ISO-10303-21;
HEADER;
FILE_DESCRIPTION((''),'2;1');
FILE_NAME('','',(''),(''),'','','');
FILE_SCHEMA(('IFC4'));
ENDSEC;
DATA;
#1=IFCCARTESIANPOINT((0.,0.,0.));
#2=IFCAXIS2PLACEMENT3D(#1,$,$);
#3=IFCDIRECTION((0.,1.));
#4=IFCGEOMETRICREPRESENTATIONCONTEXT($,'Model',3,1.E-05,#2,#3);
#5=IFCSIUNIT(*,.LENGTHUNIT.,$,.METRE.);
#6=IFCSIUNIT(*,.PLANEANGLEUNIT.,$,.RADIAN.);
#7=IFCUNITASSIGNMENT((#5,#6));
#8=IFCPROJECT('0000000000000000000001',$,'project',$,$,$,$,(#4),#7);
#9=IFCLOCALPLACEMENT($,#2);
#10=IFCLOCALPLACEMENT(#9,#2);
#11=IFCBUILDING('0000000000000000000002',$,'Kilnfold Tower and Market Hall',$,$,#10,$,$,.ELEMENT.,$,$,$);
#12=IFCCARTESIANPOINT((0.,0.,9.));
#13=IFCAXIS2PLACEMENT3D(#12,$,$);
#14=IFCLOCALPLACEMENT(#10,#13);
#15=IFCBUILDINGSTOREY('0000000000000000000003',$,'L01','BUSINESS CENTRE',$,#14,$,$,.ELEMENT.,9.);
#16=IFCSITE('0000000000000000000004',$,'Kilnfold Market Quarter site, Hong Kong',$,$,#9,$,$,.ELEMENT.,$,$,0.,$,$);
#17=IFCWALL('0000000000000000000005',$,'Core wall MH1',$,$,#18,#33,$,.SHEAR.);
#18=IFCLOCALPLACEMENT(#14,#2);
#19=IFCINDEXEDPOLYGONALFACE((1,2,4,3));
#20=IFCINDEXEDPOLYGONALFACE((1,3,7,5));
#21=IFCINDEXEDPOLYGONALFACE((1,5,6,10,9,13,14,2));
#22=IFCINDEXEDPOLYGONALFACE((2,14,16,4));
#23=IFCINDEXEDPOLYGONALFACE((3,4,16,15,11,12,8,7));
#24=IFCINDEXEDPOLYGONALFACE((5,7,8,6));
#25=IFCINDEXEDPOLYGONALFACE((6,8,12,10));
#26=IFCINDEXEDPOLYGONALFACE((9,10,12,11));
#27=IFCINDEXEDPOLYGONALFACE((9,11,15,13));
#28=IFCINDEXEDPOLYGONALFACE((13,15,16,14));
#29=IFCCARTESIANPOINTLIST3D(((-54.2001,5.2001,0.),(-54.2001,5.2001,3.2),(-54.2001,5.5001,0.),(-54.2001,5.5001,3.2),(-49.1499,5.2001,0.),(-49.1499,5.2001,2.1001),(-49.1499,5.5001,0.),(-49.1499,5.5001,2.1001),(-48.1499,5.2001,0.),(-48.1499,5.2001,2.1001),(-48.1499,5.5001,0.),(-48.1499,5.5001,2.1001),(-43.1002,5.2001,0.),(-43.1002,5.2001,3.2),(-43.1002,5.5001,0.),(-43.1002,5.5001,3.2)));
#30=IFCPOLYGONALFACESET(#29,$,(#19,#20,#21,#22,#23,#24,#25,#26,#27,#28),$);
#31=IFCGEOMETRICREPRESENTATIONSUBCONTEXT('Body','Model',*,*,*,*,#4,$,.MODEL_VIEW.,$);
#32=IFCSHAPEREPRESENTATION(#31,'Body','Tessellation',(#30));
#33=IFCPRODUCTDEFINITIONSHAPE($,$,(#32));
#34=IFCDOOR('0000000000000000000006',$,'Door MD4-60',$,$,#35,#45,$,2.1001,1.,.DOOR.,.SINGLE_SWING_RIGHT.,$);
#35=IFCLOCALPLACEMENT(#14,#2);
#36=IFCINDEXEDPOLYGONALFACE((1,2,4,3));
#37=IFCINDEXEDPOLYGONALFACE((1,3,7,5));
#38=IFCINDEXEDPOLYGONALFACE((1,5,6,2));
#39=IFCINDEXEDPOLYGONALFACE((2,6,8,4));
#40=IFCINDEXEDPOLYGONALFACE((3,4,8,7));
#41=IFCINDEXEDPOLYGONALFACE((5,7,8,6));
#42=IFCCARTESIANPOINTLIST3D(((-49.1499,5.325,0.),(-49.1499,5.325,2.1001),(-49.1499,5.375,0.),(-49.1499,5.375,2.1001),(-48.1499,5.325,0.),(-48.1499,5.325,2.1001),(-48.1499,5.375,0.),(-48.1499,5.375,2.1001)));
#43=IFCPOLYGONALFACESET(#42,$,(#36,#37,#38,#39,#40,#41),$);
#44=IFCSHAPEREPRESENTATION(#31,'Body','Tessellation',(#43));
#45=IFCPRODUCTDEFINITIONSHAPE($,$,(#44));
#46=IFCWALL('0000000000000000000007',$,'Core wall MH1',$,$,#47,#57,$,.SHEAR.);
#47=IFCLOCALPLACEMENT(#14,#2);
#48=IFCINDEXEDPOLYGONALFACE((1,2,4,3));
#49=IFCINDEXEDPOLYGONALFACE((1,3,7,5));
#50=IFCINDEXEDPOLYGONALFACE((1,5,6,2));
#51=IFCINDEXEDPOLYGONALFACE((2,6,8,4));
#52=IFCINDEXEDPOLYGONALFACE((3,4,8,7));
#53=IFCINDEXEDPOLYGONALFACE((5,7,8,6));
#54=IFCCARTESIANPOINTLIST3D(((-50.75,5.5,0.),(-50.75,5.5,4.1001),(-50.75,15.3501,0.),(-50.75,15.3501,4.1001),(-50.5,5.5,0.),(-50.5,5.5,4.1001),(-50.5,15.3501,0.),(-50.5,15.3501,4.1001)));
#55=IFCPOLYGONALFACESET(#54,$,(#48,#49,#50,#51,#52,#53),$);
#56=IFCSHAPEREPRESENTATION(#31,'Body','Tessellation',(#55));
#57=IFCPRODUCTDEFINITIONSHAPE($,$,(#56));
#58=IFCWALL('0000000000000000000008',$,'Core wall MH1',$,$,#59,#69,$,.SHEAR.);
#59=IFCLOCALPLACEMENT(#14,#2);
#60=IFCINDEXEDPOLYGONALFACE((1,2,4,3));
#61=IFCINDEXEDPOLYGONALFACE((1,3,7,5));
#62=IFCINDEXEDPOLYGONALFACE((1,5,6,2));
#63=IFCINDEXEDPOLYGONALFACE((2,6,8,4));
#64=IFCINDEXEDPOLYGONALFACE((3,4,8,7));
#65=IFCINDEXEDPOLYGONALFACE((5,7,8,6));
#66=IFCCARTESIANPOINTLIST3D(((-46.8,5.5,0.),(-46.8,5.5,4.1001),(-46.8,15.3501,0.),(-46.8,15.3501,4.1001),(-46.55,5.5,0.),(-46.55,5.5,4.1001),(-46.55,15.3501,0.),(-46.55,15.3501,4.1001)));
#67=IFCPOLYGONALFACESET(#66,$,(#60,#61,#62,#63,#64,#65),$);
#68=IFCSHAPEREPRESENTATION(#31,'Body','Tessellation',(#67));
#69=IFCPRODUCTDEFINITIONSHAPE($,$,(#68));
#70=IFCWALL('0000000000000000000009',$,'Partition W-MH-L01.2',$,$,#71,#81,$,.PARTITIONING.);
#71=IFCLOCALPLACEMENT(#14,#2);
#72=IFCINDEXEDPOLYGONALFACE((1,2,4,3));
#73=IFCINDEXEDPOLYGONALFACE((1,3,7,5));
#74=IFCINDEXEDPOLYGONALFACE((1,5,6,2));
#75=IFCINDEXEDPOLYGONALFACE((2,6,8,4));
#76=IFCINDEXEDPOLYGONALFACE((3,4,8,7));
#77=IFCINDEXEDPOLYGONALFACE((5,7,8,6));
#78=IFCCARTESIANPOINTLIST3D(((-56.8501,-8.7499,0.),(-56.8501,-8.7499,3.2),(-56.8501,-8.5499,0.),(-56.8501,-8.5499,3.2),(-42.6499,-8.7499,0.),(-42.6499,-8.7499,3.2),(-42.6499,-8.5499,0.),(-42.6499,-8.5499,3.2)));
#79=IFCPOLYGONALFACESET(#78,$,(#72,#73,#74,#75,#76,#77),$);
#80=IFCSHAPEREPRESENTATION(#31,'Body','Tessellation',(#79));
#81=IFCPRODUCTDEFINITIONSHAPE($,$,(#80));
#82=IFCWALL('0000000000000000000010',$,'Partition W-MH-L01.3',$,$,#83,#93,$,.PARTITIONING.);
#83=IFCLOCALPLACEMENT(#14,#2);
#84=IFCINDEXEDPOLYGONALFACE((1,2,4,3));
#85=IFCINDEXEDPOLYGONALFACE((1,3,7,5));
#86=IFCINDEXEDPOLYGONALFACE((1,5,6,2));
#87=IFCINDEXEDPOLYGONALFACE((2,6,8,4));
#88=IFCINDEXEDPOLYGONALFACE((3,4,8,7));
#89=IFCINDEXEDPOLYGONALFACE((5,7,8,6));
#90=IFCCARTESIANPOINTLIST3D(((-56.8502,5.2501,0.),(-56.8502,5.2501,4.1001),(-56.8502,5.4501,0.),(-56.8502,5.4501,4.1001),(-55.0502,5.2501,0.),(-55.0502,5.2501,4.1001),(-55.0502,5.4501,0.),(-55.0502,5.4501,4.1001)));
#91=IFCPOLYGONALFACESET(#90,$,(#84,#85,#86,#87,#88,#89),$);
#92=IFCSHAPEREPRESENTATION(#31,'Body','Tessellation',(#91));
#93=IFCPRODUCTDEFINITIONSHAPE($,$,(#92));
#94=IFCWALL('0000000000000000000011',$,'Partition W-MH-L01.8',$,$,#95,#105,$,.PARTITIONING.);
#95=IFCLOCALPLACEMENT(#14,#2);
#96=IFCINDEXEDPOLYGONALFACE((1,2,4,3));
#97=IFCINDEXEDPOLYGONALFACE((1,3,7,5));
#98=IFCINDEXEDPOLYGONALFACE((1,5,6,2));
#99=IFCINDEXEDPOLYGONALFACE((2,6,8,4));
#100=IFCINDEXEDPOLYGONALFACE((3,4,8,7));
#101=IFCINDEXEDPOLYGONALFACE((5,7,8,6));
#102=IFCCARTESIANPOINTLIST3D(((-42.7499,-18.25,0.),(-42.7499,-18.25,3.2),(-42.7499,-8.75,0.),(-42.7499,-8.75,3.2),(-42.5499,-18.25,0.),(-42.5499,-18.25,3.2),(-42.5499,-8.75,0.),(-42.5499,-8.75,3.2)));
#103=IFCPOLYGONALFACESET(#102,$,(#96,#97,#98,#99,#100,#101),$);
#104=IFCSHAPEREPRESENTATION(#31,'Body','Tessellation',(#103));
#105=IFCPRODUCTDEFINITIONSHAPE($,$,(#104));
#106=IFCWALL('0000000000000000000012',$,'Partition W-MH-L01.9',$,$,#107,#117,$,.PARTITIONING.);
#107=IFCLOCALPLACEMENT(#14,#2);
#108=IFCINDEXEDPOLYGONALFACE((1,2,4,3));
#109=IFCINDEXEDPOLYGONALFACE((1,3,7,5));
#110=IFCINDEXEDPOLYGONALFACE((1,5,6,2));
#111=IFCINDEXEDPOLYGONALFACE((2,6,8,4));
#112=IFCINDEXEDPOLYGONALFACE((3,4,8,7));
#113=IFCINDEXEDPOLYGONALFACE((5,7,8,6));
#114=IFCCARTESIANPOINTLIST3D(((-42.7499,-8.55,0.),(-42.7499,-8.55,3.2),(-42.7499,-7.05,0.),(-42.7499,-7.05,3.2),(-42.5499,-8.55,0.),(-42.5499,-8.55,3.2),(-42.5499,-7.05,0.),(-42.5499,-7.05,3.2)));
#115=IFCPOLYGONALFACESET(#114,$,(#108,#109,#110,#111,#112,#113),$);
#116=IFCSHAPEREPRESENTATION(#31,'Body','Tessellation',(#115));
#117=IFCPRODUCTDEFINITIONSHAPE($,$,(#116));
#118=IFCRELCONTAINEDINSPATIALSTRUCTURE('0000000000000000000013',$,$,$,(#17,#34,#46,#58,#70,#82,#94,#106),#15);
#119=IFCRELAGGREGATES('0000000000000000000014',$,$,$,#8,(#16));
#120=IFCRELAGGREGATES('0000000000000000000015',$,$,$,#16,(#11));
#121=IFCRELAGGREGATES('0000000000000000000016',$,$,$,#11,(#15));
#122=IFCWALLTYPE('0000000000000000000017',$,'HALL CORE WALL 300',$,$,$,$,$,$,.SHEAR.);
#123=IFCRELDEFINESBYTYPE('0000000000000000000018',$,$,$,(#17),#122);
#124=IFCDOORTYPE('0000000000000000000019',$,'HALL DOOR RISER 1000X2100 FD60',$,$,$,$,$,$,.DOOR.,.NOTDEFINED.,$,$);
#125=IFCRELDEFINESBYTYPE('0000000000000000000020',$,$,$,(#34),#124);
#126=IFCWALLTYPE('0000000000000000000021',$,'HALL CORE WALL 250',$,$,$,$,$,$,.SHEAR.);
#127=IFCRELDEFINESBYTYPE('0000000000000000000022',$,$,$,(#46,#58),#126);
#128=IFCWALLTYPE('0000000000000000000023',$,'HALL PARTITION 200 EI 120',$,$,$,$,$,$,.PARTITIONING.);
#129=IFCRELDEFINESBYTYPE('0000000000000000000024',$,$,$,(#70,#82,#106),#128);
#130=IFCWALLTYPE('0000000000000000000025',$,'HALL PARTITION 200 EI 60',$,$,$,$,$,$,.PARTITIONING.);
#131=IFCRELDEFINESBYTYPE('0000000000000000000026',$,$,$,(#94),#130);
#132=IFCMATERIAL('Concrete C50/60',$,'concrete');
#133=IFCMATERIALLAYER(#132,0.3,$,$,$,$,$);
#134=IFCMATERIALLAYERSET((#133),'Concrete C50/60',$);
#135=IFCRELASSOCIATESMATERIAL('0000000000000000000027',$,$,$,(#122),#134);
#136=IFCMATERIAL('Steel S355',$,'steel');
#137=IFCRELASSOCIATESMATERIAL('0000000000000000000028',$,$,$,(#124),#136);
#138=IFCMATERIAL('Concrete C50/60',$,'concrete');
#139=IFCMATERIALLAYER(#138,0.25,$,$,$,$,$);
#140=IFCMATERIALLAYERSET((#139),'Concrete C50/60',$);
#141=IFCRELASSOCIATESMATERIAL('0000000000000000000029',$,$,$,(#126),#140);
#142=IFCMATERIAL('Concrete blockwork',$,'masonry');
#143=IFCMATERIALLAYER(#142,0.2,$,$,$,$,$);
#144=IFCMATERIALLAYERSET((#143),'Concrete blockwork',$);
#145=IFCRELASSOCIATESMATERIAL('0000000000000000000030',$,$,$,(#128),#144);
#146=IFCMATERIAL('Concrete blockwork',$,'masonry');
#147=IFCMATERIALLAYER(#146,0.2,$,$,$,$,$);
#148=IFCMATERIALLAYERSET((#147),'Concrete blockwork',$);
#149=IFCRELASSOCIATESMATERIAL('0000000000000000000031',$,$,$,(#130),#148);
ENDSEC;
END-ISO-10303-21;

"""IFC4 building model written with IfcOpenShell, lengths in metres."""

from ifc_helpers import new_model, si_unit, direction, frame, frame_2d, origin, place, context, subcontext, project, spatial, rectangle, extrude, source, transform, mapped, material, layer, layer_set, type_object, element, fill, save


model = new_model("IFC4")

# Units and contexts
model_context = context("Model", 3, precision=1e-05, world=origin(), true_north=direction((0.0, 1.0)))
body_context = subcontext(model_context, "Body", "Model", "MODEL_VIEW")
ifc_project = project(units=[si_unit("LENGTHUNIT", "METRE"), si_unit("PLANEANGLEUNIT", "RADIAN")], contexts=[model_context])

# Site, building, storey
site_placement = place(None, origin())
site = spatial("IfcSite", under=ifc_project, at=site_placement, Name="Kilnfold Market Quarter site, Hong Kong", CompositionType="ELEMENT", RefElevation=0.0)
building_placement = place(site_placement, origin())
building = spatial("IfcBuilding", under=site, at=building_placement, Name="Kilnfold Tower and Market Hall", CompositionType="ELEMENT")
storey_placement = place(building_placement, frame((0.0, 0.0, 9.0)))
storey = spatial("IfcBuildingStorey", under=building, at=storey_placement, Name="L01", Description="BUSINESS CENTRE", CompositionType="ELEMENT", Elevation=9.0)

# Wall, opening, door
ifc_material_1 = material(Name="Concrete C50/60", Category="concrete")
ifc_layer_1 = layer(ifc_material_1, 0.3)
ifc_layer_set_1 = layer_set([ifc_layer_1], Name="Concrete C50/60")
wall_type_1 = type_object("IfcWallType", Name="HALL CORE WALL 300", PredefinedType="SHEAR", material=ifc_layer_set_1)
shared_shape_1 = source(origin(), body_context, "Body", "SweptSolid", [
    extrude(rectangle(XDim=11.0999, YDim=0.3, at=frame_2d((5.5498, 0.0))), origin(), (0.0, 0.0, 1.0), 3.2),
])
wall_1_placement = place(storey_placement, frame((-54.2, 5.3501, 0.0), z_axis=(0.0, 0.0, 1.0), x_axis=(1.0, 0.0, 0.0)))
wall_1 = element("IfcWall", 1, at=wall_1_placement, inside=storey, type_object=wall_type_1, Name="Core wall MH1", PredefinedType="SHEAR", context=body_context, shape_type="MappedRepresentation", body=[
    mapped(shared_shape_1, transform((0.0, 0.0, 0.0))),
])
opening_placement = place(wall_1_placement, frame((5.05, 0.0, 0.0)))
opening = element("IfcOpeningElement", 2, at=opening_placement, cuts=wall_1, PredefinedType="OPENING", context=body_context, shape_type="SweptSolid", body=[
    extrude(rectangle(XDim=1.0, YDim=2.1001, at=frame_2d((0.5, 1.05))), frame((0.0, 0.1602, 0.0), z_axis=(0.0, -1.0, 0.0), x_axis=(1.0, 0.0, 0.0)), (0.0, 0.0, 1.0), 0.3201),
])
ifc_material_2 = material(Name="Steel S355", Category="steel")
door_type = type_object("IfcDoorType", Name="HALL DOOR RISER 1000X2100 FD60", OperationType="NOTDEFINED", PredefinedType="DOOR", material=ifc_material_2)
door_placement = place(opening_placement, origin())
door = element("IfcDoor", 3, at=door_placement, inside=storey, type_object=door_type, Name="Door MD4-60", OperationType="SINGLE_SWING_RIGHT", OverallHeight=2.1001, OverallWidth=1.0, PredefinedType="DOOR", context=body_context, shape_type="SweptSolid", body=[
    extrude(rectangle(XDim=1.0, YDim=2.1001, at=frame_2d((0.5, 1.05))), frame((0.0, 0.0249, 0.0), z_axis=(0.0, -1.0, 0.0), x_axis=(1.0, 0.0, 0.0)), (0.0, 0.0, 1.0), 0.05),
])
fill(opening, door)

# Walls
ifc_material_3 = material(Name="Concrete C50/60", Category="concrete")
ifc_layer_2 = layer(ifc_material_3, 0.25)
ifc_layer_set_2 = layer_set([ifc_layer_2], Name="Concrete C50/60")
wall_type_2 = type_object("IfcWallType", Name="HALL CORE WALL 250", PredefinedType="SHEAR", material=ifc_layer_set_2)
shared_shape_2 = source(origin(), body_context, "Body", "SweptSolid", [
    extrude(rectangle(XDim=9.8501, YDim=0.25, at=frame_2d((4.925, 0.0))), origin(), (0.0, 0.0, 1.0), 4.1001),
])
for number, where, z_axis, x_axis, name in (
    (4, (-50.625, 5.5, 0.0), (0.0, 0.0, 1.0), (0.0, 1.0, 0.0), "Core wall MH1"),
    (5, (-46.675, 5.5, 0.0), (0.0, 0.0, 1.0), (0.0, 1.0, 0.0), "Core wall MH1"),
):
    element("IfcWall", number, at=place(storey_placement, frame(where, z_axis=z_axis, x_axis=x_axis)), inside=storey, type_object=wall_type_2, Name=name, PredefinedType="SHEAR", context=body_context, shape_type="MappedRepresentation", body=[
        mapped(shared_shape_2, transform((0.0, 0.0, 0.0))),
    ])
ifc_material_4 = material(Name="Concrete blockwork", Category="masonry")
ifc_layer_3 = layer(ifc_material_4, 0.2)
ifc_layer_set_3 = layer_set([ifc_layer_3], Name="Concrete blockwork")
wall_type_3 = type_object("IfcWallType", Name="HALL PARTITION 200 EI 120", PredefinedType="PARTITIONING", material=ifc_layer_set_3)
shared_shape_3 = source(origin(), body_context, "Body", "SweptSolid", [
    extrude(rectangle(XDim=14.2002, YDim=0.2, at=frame_2d((7.1001, 0.0))), origin(), (0.0, 0.0, 1.0), 3.2),
])
wall_2_placement = place(storey_placement, frame((-56.8501, -8.6499, 0.0), z_axis=(0.0, 0.0, 1.0), x_axis=(1.0, 0.0, 0.0)))
element("IfcWall", 6, at=wall_2_placement, inside=storey, type_object=wall_type_3, Name="Partition W-MH-L01.2", PredefinedType="PARTITIONING", context=body_context, shape_type="MappedRepresentation", body=[
    mapped(shared_shape_3, transform((0.0, 0.0, 0.0))),
])
shared_shape_4 = source(origin(), body_context, "Body", "SweptSolid", [
    extrude(rectangle(XDim=1.8, YDim=0.2, at=frame_2d((0.8999, 0.0))), origin(), (0.0, 0.0, 1.0), 4.1001),
])
wall_3_placement = place(storey_placement, frame((-56.8501, 5.3501, 0.0), z_axis=(0.0, 0.0, 1.0), x_axis=(1.0, 0.0, 0.0)))
element("IfcWall", 7, at=wall_3_placement, inside=storey, type_object=wall_type_3, Name="Partition W-MH-L01.3", PredefinedType="PARTITIONING", context=body_context, shape_type="MappedRepresentation", body=[
    mapped(shared_shape_4, transform((0.0, 0.0, 0.0))),
])
ifc_material_5 = material(Name="Concrete blockwork", Category="masonry")
ifc_layer_4 = layer(ifc_material_5, 0.2)
ifc_layer_set_4 = layer_set([ifc_layer_4], Name="Concrete blockwork")
wall_type_4 = type_object("IfcWallType", Name="HALL PARTITION 200 EI 60", PredefinedType="PARTITIONING", material=ifc_layer_set_4)
shared_shape_5 = source(origin(), body_context, "Body", "SweptSolid", [
    extrude(rectangle(XDim=9.5, YDim=0.2, at=frame_2d((4.75, 0.0))), origin(), (0.0, 0.0, 1.0), 3.2),
])
wall_4_placement = place(storey_placement, frame((-42.6499, -18.25, 0.0), z_axis=(0.0, 0.0, 1.0), x_axis=(0.0, 1.0, 0.0)))
element("IfcWall", 8, at=wall_4_placement, inside=storey, type_object=wall_type_4, Name="Partition W-MH-L01.8", PredefinedType="PARTITIONING", context=body_context, shape_type="MappedRepresentation", body=[
    mapped(shared_shape_5, transform((0.0, 0.0, 0.0))),
])
shared_shape_6 = source(origin(), body_context, "Body", "SweptSolid", [
    extrude(rectangle(XDim=1.5, YDim=0.2, at=frame_2d((0.75, 0.0))), origin(), (0.0, 0.0, 1.0), 3.2),
])
wall_5_placement = place(storey_placement, frame((-42.6499, -8.55, 0.0), z_axis=(0.0, 0.0, 1.0), x_axis=(0.0, 1.0, 0.0)))
element("IfcWall", 9, at=wall_5_placement, inside=storey, type_object=wall_type_3, Name="Partition W-MH-L01.9", PredefinedType="PARTITIONING", context=body_context, shape_type="MappedRepresentation", body=[
    mapped(shared_shape_6, transform((0.0, 0.0, 0.0))),
])

save(model, "model.ifc")
